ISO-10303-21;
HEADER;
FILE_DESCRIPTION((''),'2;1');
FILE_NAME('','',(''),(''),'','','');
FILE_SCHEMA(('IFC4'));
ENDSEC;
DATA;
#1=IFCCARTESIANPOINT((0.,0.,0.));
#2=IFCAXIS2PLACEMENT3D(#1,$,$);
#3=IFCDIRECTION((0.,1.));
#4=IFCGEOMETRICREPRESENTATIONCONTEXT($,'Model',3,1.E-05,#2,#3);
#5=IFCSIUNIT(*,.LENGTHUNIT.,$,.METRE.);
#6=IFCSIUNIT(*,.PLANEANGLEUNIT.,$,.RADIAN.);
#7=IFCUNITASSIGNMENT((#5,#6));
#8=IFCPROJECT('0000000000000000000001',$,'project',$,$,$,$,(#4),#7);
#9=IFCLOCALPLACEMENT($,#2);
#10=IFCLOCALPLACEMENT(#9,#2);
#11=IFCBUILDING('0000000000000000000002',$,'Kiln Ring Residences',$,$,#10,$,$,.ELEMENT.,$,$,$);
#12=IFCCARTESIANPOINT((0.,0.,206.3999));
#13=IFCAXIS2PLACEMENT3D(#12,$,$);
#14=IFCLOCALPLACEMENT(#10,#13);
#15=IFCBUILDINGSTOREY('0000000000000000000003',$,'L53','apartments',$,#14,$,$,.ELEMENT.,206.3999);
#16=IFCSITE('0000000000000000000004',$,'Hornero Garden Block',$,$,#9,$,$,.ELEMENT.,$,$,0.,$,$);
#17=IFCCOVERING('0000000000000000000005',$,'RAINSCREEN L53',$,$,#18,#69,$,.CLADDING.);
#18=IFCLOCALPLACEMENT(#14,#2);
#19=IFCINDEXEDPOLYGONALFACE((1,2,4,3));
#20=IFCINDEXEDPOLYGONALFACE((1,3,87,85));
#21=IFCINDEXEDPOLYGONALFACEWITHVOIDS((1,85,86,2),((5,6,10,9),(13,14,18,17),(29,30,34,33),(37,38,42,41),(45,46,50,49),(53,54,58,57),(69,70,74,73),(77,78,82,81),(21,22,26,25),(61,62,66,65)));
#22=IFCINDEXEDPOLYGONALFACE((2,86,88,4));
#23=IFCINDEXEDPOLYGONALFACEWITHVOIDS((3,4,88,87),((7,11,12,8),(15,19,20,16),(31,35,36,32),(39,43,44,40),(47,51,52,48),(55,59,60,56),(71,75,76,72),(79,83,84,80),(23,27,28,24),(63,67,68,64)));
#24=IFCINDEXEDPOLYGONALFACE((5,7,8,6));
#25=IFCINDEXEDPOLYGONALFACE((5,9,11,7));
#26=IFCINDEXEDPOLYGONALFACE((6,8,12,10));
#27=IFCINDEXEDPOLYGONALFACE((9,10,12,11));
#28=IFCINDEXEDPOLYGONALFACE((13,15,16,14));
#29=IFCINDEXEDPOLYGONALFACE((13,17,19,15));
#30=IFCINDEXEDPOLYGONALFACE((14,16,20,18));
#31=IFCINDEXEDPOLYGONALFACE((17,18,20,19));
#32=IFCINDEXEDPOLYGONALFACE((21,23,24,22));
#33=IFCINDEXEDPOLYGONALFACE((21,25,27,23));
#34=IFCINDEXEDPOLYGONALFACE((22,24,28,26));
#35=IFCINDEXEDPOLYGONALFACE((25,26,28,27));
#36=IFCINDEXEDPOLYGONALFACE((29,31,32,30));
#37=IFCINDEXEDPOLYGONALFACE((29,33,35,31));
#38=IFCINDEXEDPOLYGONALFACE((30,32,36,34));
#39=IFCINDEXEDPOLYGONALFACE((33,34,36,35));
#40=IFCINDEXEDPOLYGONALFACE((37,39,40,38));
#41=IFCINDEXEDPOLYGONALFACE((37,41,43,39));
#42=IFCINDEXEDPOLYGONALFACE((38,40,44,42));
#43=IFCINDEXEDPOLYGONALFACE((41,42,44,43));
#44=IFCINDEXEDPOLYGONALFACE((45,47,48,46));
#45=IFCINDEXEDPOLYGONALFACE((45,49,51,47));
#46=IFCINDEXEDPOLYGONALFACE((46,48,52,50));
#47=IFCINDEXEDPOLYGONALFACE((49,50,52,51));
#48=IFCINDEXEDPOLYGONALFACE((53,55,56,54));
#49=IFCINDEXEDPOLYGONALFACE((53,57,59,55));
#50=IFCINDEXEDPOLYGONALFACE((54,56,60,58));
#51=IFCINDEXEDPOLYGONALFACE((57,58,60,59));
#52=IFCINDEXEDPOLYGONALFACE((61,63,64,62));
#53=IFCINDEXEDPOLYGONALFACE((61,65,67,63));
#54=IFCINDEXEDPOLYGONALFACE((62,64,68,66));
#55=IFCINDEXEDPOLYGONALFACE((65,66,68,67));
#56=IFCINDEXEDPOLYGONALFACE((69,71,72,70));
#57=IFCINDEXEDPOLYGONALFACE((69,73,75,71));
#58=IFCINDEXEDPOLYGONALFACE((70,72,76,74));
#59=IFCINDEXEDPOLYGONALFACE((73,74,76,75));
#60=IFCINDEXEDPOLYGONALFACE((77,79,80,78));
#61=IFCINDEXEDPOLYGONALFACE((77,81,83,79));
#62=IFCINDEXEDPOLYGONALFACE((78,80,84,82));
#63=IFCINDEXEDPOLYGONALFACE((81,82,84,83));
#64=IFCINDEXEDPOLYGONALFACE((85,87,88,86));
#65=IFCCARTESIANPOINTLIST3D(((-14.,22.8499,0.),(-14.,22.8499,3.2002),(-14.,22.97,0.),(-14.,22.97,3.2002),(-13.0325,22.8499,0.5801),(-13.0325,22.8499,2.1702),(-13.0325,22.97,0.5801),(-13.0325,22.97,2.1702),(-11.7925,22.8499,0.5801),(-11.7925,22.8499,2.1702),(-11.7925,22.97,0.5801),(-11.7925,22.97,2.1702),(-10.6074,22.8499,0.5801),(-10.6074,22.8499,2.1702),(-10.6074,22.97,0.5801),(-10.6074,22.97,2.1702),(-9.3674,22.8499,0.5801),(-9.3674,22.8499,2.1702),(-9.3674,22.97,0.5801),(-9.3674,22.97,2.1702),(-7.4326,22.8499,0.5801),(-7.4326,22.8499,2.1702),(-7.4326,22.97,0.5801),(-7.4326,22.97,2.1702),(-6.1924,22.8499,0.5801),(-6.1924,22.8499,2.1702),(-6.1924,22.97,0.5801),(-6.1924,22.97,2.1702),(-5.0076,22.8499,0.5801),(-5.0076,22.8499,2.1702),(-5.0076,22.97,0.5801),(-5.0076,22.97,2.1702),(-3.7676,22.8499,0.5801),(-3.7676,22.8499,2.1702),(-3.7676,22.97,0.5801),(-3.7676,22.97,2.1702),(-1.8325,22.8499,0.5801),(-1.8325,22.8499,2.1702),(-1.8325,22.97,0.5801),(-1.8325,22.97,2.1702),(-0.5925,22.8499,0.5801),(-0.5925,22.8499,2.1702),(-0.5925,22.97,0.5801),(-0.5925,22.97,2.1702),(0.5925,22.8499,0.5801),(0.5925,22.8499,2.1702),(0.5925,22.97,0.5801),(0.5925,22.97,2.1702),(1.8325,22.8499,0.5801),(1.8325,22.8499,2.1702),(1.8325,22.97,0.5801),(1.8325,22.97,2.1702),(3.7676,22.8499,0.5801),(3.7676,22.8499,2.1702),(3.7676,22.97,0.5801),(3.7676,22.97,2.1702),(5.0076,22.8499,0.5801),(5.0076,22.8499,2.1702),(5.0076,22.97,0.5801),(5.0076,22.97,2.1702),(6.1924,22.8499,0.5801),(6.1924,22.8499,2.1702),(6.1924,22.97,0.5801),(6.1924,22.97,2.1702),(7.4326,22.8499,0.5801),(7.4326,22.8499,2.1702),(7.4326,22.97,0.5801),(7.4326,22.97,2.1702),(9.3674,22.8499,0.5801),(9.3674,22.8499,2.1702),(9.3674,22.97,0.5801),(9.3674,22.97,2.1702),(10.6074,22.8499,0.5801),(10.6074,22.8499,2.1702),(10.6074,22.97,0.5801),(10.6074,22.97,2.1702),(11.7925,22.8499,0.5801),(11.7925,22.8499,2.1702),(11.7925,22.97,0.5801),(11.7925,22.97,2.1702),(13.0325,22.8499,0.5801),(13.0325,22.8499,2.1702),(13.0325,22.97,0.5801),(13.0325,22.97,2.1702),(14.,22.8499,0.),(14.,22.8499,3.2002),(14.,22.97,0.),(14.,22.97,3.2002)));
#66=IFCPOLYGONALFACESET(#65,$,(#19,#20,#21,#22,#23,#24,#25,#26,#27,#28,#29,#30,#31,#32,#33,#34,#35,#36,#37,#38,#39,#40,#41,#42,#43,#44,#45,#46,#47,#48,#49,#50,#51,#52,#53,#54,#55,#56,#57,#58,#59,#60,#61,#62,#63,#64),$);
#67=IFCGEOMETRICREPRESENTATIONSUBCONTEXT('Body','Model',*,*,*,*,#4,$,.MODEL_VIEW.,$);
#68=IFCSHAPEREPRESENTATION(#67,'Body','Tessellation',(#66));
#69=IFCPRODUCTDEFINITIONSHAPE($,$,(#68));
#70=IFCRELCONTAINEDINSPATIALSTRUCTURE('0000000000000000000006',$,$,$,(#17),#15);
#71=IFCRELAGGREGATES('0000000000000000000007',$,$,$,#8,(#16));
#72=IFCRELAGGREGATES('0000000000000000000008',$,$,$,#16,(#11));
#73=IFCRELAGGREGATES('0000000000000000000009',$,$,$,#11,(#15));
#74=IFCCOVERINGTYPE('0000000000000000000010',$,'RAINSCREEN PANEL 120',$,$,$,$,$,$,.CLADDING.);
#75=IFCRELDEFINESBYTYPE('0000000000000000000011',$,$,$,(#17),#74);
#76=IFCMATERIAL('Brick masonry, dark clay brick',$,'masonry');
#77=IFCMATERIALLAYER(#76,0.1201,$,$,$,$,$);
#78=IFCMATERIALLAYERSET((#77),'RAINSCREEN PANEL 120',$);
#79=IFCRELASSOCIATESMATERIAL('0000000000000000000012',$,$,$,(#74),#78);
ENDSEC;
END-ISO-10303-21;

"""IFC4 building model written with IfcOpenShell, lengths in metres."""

from ifc_helpers import new_model, si_unit, direction, frame, origin, place, context, subcontext, project, spatial, polyline, outline, extrude, material, layer, layer_set, type_object, element, save


model = new_model("IFC4")

# Units and contexts
model_context = context("Model", 3, precision=1e-05, world=origin(), true_north=direction((0.0, 1.0)))
body_context = subcontext(model_context, "Body", "Model", "MODEL_VIEW")
ifc_project = project(units=[si_unit("LENGTHUNIT", "METRE"), si_unit("PLANEANGLEUNIT", "RADIAN")], contexts=[model_context])

# Site, building, storey
site_placement = place(None, origin())
site = spatial("IfcSite", under=ifc_project, at=site_placement, Name="Hornero Garden Block", CompositionType="ELEMENT", RefElevation=0.0)
building_placement = place(site_placement, origin())
building = spatial("IfcBuilding", under=site, at=building_placement, Name="Kiln Ring Residences", CompositionType="ELEMENT")
storey_placement = place(building_placement, frame((0.0, 0.0, 206.3999)))
storey = spatial("IfcBuildingStorey", under=building, at=storey_placement, Name="L53", Description="apartments", CompositionType="ELEMENT", Elevation=206.3999)

# Covering
ifc_material_1 = material(Name="Brick masonry, dark clay brick", Category="masonry")
ifc_layer_1 = layer(ifc_material_1, 0.1201)
ifc_layer_set_1 = layer_set([ifc_layer_1], Name="RAINSCREEN PANEL 120")
covering_type = type_object("IfcCoveringType", Name="RAINSCREEN PANEL 120", PredefinedType="CLADDING", material=ifc_layer_set_1)
covering_placement = place(storey_placement, frame((14.0, 22.9099, 0.0), z_axis=(0.0, 0.0, 1.0), x_axis=(-1.0, 0.0, 0.0)))
element("IfcCovering", 1, at=covering_placement, inside=storey, type_object=covering_type, Name="RAINSCREEN L53", PredefinedType="CLADDING", context=body_context, shape_type="SweptSolid", body=[
    extrude(outline(polyline([(0.0, 0.0), (28.0, 0.0), (28.0, 3.2002), (0.0, 3.2002), (0.0, 0.0)]), holes=[polyline([(0.9675, 0.5801), (2.2075, 0.5801), (2.2075, 2.1702), (0.9675, 2.1702), (0.9675, 0.5801)]), polyline([(3.3926, 0.5801), (4.6326, 0.5801), (4.6326, 2.1702), (3.3926, 2.1702), (3.3926, 0.5801)]), polyline([(6.5674, 0.5801), (7.8076, 0.5801), (7.8076, 2.1702), (6.5674, 2.1702), (6.5674, 0.5801)]), polyline([(8.9924, 2.1702), (8.9924, 0.5801), (10.2324, 0.5801), (10.2324, 2.1702), (8.9924, 2.1702)]), polyline([(12.1675, 2.1702), (12.1675, 0.5801), (13.4075, 0.5801), (13.4075, 2.1702), (12.1675, 2.1702)]), polyline([(14.5925, 0.5801), (15.8325, 0.5801), (15.8325, 2.1702), (14.5925, 2.1702), (14.5925, 0.5801)]), polyline([(17.7676, 0.5801), (19.0076, 0.5801), (19.0076, 2.1702), (17.7676, 2.1702), (17.7676, 0.5801)]), polyline([(20.1924, 0.5801), (21.4326, 0.5801), (21.4326, 2.1702), (20.1924, 2.1702), (20.1924, 0.5801)]), polyline([(23.3674, 2.1702), (23.3674, 0.5801), (24.6074, 0.5801), (24.6074, 2.1702), (23.3674, 2.1702)]), polyline([(25.7925, 2.1702), (25.7925, 0.5801), (27.0325, 0.5801), (27.0325, 2.1702), (25.7925, 2.1702)])]), frame((0.0, 0.0601, 0.0), z_axis=(0.0, -1.0, 0.0), x_axis=(1.0, 0.0, 0.0)), (0.0, 0.0, 1.0), 0.1201),
])

save(model, "model.ifc")
